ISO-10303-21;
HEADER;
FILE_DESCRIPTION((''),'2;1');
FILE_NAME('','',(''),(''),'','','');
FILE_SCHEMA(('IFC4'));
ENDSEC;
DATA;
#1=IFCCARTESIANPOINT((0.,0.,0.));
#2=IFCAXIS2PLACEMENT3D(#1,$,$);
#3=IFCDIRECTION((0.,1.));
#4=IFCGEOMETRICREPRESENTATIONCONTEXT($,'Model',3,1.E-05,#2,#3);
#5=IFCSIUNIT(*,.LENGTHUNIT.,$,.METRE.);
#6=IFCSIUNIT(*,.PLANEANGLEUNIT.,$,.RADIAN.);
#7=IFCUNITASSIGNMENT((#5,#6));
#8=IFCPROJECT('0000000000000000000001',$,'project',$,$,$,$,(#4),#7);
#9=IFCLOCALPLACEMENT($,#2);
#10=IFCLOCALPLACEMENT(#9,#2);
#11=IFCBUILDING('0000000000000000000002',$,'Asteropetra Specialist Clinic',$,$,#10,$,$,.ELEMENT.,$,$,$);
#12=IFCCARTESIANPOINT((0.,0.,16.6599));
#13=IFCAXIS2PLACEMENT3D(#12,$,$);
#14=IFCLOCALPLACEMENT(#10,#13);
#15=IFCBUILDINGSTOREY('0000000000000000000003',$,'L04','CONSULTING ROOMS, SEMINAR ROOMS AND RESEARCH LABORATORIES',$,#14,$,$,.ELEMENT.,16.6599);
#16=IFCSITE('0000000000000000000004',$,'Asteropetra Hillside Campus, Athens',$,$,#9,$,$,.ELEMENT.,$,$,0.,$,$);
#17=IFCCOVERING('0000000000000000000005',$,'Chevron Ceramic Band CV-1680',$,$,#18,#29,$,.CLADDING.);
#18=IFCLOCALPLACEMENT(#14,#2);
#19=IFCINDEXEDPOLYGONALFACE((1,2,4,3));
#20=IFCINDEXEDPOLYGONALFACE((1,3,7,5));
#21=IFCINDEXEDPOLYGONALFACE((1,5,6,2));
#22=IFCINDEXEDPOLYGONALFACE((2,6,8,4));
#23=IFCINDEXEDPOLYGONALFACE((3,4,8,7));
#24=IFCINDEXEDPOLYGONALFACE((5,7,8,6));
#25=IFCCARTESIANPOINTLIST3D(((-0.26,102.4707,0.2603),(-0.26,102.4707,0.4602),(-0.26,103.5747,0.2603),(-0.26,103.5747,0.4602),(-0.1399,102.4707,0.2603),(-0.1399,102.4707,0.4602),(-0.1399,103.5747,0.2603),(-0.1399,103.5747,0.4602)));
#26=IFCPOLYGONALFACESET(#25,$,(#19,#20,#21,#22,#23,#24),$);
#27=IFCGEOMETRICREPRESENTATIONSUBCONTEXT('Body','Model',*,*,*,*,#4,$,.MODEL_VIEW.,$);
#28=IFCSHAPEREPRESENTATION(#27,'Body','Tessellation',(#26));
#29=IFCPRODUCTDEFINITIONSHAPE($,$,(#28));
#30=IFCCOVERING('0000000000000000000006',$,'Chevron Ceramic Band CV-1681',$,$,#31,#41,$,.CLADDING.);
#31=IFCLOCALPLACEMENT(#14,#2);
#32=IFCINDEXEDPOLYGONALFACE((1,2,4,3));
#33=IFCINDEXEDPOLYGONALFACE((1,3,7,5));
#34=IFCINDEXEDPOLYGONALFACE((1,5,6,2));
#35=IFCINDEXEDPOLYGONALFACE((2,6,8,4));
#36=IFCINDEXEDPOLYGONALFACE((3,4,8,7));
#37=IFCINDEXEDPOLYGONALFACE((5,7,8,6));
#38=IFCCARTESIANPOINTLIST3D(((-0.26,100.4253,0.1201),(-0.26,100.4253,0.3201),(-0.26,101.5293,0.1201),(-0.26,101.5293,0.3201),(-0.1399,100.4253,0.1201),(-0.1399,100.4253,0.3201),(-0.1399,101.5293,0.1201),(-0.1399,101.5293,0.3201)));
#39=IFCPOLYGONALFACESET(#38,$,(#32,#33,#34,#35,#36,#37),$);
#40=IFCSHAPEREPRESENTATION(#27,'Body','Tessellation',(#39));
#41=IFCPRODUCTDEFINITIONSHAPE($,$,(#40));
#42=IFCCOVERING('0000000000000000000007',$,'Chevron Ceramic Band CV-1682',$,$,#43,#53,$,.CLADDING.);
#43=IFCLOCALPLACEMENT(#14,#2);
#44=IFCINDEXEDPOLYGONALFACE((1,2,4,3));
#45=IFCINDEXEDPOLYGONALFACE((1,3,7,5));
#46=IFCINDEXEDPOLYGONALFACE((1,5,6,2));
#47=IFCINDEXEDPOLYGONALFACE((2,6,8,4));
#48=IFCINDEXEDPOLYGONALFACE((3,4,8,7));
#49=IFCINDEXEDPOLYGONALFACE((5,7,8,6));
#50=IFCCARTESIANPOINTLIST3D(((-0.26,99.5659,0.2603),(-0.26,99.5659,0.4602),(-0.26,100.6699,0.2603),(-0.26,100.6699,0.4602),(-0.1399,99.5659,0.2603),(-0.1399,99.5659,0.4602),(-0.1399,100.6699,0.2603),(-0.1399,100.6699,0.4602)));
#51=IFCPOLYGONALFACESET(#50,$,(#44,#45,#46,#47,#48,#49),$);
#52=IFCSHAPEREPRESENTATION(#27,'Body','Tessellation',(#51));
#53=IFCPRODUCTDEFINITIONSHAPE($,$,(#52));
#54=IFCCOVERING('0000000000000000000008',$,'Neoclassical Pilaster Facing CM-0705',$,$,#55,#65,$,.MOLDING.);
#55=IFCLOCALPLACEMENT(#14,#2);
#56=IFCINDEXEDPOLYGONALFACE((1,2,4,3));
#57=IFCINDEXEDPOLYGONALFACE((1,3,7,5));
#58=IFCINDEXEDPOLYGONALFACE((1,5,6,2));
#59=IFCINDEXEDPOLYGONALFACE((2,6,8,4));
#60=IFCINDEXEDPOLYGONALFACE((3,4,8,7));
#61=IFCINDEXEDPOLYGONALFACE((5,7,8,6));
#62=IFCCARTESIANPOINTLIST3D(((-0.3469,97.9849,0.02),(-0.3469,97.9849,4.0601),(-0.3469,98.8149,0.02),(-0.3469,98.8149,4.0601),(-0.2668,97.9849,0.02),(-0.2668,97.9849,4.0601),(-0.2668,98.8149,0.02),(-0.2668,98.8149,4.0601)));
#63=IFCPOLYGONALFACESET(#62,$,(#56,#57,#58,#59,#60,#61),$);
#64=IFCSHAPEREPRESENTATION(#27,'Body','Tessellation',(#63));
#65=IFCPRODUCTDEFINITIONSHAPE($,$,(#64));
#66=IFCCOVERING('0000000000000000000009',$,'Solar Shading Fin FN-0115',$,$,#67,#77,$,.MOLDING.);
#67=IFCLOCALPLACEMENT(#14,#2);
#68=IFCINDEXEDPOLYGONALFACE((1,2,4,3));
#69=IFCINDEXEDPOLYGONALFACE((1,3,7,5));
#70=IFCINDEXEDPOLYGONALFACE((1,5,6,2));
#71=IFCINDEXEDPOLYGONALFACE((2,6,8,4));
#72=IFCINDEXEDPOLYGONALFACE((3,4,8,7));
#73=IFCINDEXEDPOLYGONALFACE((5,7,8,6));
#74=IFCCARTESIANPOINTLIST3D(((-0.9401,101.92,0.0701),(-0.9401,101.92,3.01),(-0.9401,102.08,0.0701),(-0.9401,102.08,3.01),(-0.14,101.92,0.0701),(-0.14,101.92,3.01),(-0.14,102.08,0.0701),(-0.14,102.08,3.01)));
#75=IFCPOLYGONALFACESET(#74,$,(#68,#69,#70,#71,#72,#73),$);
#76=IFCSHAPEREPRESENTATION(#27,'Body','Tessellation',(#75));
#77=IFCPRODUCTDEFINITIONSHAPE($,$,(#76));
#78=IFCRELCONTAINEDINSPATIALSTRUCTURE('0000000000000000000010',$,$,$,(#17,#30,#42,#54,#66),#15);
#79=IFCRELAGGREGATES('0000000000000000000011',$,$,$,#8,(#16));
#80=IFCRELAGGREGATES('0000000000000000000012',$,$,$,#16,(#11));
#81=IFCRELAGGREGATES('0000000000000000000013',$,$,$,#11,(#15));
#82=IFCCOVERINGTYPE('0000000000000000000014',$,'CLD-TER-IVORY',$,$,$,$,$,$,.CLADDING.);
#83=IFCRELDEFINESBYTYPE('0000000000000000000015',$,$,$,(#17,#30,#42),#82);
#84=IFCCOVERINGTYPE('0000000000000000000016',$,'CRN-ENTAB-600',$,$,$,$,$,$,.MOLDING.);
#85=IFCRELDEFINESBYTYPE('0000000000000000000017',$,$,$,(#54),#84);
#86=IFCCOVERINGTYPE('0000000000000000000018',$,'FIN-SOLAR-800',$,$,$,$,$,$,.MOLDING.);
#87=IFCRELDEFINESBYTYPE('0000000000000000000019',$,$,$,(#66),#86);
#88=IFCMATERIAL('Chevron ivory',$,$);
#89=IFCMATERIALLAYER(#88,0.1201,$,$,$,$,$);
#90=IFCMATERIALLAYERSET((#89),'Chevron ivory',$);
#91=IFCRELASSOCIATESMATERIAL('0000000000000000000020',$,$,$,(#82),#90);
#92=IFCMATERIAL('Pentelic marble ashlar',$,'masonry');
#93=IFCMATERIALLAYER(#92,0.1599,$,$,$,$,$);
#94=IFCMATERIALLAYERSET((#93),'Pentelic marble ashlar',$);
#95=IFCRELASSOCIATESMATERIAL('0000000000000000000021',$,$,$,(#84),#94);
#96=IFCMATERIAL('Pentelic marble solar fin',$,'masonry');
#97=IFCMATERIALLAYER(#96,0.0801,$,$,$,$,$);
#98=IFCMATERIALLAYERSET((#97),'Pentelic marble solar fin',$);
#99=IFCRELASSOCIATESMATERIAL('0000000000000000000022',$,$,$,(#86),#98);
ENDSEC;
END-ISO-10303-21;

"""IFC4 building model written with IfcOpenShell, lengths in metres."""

from ifc_helpers import new_model, si_unit, direction, frame, origin, origin_2d, place, context, subcontext, project, spatial, rectangle, extrude, material, layer, layer_set, type_object, element, save


model = new_model("IFC4")

# Units and contexts
model_context = context("Model", 3, precision=1e-05, world=origin(), true_north=direction((0.0, 1.0)))
body_context = subcontext(model_context, "Body", "Model", "MODEL_VIEW")
ifc_project = project(units=[si_unit("LENGTHUNIT", "METRE"), si_unit("PLANEANGLEUNIT", "RADIAN")], contexts=[model_context])

# Site, building, storey
site_placement = place(None, origin())
site = spatial("IfcSite", under=ifc_project, at=site_placement, Name="Asteropetra Hillside Campus, Athens", CompositionType="ELEMENT", RefElevation=0.0)
building_placement = place(site_placement, origin())
building = spatial("IfcBuilding", under=site, at=building_placement, Name="Asteropetra Specialist Clinic", CompositionType="ELEMENT")
storey_placement = place(building_placement, frame((0.0, 0.0, 16.6599)))
storey = spatial("IfcBuildingStorey", under=building, at=storey_placement, Name="L04", Description="CONSULTING ROOMS, SEMINAR ROOMS AND RESEARCH LABORATORIES", CompositionType="ELEMENT", Elevation=16.6599)

# Coverings
ifc_material_1 = material(Name="Chevron ivory")
ifc_layer_1 = layer(ifc_material_1, 0.1201)
ifc_layer_set_1 = layer_set([ifc_layer_1], Name="Chevron ivory")
covering_type_1 = type_object("IfcCoveringType", Name="CLD-TER-IVORY", PredefinedType="CLADDING", material=ifc_layer_set_1)
for number, where, z_axis, x_axis, name in (
    (1, (-0.2, 103.0227, 0.2603), (0.0, 0.0, 1.0), (1.0, 0.0, 0.0), "Chevron Ceramic Band CV-1680"),
    (2, (-0.2, 100.9773, 0.1201), (0.0, 0.0, 1.0), (1.0, 0.0, 0.0), "Chevron Ceramic Band CV-1681"),
    (3, (-0.2, 100.1179, 0.2603), (0.0, 0.0, 1.0), (1.0, 0.0, 0.0), "Chevron Ceramic Band CV-1682"),
):
    element("IfcCovering", number, at=place(storey_placement, frame(where, z_axis=z_axis, x_axis=x_axis)), inside=storey, type_object=covering_type_1, Name=name, PredefinedType="CLADDING", context=body_context, shape_type="SweptSolid", body=[
        extrude(rectangle(XDim=0.1201, YDim=1.104, at=origin_2d()), origin(), (0.0, 0.0, 1.0), 0.2),
    ])
ifc_material_2 = material(Name="Pentelic marble ashlar", Category="masonry")
ifc_layer_2 = layer(ifc_material_2, 0.1599)
ifc_layer_set_2 = layer_set([ifc_layer_2], Name="Pentelic marble ashlar")
covering_type_2 = type_object("IfcCoveringType", Name="CRN-ENTAB-600", PredefinedType="MOLDING", material=ifc_layer_set_2)
covering_1_placement = place(storey_placement, frame((-0.3069, 98.3999, 0.02), z_axis=(0.0, 0.0, 1.0), x_axis=(1.0, 0.0, 0.0)))
element("IfcCovering", 4, at=covering_1_placement, inside=storey, type_object=covering_type_2, Name="Neoclassical Pilaster Facing CM-0705", PredefinedType="MOLDING", context=body_context, shape_type="SweptSolid", body=[
    extrude(rectangle(XDim=0.0801, YDim=0.8301, at=origin_2d()), origin(), (0.0, 0.0, 1.0), 4.04),
])
ifc_material_3 = material(Name="Pentelic marble solar fin", Category="masonry")
ifc_layer_3 = layer(ifc_material_3, 0.0801)
ifc_layer_set_3 = layer_set([ifc_layer_3], Name="Pentelic marble solar fin")
covering_type_3 = type_object("IfcCoveringType", Name="FIN-SOLAR-800", PredefinedType="MOLDING", material=ifc_layer_set_3)
covering_2_placement = place(storey_placement, frame((-0.54, 102.0, 0.0701), z_axis=(0.0, 0.0, 1.0), x_axis=(1.0, 0.0, 0.0)))
element("IfcCovering", 5, at=covering_2_placement, inside=storey, type_object=covering_type_3, Name="Solar Shading Fin FN-0115", PredefinedType="MOLDING", context=body_context, shape_type="SweptSolid", body=[
    extrude(rectangle(XDim=0.8, YDim=0.1599, at=origin_2d()), origin(), (0.0, 0.0, 1.0), 2.9399),
])

save(model, "model.ifc")
